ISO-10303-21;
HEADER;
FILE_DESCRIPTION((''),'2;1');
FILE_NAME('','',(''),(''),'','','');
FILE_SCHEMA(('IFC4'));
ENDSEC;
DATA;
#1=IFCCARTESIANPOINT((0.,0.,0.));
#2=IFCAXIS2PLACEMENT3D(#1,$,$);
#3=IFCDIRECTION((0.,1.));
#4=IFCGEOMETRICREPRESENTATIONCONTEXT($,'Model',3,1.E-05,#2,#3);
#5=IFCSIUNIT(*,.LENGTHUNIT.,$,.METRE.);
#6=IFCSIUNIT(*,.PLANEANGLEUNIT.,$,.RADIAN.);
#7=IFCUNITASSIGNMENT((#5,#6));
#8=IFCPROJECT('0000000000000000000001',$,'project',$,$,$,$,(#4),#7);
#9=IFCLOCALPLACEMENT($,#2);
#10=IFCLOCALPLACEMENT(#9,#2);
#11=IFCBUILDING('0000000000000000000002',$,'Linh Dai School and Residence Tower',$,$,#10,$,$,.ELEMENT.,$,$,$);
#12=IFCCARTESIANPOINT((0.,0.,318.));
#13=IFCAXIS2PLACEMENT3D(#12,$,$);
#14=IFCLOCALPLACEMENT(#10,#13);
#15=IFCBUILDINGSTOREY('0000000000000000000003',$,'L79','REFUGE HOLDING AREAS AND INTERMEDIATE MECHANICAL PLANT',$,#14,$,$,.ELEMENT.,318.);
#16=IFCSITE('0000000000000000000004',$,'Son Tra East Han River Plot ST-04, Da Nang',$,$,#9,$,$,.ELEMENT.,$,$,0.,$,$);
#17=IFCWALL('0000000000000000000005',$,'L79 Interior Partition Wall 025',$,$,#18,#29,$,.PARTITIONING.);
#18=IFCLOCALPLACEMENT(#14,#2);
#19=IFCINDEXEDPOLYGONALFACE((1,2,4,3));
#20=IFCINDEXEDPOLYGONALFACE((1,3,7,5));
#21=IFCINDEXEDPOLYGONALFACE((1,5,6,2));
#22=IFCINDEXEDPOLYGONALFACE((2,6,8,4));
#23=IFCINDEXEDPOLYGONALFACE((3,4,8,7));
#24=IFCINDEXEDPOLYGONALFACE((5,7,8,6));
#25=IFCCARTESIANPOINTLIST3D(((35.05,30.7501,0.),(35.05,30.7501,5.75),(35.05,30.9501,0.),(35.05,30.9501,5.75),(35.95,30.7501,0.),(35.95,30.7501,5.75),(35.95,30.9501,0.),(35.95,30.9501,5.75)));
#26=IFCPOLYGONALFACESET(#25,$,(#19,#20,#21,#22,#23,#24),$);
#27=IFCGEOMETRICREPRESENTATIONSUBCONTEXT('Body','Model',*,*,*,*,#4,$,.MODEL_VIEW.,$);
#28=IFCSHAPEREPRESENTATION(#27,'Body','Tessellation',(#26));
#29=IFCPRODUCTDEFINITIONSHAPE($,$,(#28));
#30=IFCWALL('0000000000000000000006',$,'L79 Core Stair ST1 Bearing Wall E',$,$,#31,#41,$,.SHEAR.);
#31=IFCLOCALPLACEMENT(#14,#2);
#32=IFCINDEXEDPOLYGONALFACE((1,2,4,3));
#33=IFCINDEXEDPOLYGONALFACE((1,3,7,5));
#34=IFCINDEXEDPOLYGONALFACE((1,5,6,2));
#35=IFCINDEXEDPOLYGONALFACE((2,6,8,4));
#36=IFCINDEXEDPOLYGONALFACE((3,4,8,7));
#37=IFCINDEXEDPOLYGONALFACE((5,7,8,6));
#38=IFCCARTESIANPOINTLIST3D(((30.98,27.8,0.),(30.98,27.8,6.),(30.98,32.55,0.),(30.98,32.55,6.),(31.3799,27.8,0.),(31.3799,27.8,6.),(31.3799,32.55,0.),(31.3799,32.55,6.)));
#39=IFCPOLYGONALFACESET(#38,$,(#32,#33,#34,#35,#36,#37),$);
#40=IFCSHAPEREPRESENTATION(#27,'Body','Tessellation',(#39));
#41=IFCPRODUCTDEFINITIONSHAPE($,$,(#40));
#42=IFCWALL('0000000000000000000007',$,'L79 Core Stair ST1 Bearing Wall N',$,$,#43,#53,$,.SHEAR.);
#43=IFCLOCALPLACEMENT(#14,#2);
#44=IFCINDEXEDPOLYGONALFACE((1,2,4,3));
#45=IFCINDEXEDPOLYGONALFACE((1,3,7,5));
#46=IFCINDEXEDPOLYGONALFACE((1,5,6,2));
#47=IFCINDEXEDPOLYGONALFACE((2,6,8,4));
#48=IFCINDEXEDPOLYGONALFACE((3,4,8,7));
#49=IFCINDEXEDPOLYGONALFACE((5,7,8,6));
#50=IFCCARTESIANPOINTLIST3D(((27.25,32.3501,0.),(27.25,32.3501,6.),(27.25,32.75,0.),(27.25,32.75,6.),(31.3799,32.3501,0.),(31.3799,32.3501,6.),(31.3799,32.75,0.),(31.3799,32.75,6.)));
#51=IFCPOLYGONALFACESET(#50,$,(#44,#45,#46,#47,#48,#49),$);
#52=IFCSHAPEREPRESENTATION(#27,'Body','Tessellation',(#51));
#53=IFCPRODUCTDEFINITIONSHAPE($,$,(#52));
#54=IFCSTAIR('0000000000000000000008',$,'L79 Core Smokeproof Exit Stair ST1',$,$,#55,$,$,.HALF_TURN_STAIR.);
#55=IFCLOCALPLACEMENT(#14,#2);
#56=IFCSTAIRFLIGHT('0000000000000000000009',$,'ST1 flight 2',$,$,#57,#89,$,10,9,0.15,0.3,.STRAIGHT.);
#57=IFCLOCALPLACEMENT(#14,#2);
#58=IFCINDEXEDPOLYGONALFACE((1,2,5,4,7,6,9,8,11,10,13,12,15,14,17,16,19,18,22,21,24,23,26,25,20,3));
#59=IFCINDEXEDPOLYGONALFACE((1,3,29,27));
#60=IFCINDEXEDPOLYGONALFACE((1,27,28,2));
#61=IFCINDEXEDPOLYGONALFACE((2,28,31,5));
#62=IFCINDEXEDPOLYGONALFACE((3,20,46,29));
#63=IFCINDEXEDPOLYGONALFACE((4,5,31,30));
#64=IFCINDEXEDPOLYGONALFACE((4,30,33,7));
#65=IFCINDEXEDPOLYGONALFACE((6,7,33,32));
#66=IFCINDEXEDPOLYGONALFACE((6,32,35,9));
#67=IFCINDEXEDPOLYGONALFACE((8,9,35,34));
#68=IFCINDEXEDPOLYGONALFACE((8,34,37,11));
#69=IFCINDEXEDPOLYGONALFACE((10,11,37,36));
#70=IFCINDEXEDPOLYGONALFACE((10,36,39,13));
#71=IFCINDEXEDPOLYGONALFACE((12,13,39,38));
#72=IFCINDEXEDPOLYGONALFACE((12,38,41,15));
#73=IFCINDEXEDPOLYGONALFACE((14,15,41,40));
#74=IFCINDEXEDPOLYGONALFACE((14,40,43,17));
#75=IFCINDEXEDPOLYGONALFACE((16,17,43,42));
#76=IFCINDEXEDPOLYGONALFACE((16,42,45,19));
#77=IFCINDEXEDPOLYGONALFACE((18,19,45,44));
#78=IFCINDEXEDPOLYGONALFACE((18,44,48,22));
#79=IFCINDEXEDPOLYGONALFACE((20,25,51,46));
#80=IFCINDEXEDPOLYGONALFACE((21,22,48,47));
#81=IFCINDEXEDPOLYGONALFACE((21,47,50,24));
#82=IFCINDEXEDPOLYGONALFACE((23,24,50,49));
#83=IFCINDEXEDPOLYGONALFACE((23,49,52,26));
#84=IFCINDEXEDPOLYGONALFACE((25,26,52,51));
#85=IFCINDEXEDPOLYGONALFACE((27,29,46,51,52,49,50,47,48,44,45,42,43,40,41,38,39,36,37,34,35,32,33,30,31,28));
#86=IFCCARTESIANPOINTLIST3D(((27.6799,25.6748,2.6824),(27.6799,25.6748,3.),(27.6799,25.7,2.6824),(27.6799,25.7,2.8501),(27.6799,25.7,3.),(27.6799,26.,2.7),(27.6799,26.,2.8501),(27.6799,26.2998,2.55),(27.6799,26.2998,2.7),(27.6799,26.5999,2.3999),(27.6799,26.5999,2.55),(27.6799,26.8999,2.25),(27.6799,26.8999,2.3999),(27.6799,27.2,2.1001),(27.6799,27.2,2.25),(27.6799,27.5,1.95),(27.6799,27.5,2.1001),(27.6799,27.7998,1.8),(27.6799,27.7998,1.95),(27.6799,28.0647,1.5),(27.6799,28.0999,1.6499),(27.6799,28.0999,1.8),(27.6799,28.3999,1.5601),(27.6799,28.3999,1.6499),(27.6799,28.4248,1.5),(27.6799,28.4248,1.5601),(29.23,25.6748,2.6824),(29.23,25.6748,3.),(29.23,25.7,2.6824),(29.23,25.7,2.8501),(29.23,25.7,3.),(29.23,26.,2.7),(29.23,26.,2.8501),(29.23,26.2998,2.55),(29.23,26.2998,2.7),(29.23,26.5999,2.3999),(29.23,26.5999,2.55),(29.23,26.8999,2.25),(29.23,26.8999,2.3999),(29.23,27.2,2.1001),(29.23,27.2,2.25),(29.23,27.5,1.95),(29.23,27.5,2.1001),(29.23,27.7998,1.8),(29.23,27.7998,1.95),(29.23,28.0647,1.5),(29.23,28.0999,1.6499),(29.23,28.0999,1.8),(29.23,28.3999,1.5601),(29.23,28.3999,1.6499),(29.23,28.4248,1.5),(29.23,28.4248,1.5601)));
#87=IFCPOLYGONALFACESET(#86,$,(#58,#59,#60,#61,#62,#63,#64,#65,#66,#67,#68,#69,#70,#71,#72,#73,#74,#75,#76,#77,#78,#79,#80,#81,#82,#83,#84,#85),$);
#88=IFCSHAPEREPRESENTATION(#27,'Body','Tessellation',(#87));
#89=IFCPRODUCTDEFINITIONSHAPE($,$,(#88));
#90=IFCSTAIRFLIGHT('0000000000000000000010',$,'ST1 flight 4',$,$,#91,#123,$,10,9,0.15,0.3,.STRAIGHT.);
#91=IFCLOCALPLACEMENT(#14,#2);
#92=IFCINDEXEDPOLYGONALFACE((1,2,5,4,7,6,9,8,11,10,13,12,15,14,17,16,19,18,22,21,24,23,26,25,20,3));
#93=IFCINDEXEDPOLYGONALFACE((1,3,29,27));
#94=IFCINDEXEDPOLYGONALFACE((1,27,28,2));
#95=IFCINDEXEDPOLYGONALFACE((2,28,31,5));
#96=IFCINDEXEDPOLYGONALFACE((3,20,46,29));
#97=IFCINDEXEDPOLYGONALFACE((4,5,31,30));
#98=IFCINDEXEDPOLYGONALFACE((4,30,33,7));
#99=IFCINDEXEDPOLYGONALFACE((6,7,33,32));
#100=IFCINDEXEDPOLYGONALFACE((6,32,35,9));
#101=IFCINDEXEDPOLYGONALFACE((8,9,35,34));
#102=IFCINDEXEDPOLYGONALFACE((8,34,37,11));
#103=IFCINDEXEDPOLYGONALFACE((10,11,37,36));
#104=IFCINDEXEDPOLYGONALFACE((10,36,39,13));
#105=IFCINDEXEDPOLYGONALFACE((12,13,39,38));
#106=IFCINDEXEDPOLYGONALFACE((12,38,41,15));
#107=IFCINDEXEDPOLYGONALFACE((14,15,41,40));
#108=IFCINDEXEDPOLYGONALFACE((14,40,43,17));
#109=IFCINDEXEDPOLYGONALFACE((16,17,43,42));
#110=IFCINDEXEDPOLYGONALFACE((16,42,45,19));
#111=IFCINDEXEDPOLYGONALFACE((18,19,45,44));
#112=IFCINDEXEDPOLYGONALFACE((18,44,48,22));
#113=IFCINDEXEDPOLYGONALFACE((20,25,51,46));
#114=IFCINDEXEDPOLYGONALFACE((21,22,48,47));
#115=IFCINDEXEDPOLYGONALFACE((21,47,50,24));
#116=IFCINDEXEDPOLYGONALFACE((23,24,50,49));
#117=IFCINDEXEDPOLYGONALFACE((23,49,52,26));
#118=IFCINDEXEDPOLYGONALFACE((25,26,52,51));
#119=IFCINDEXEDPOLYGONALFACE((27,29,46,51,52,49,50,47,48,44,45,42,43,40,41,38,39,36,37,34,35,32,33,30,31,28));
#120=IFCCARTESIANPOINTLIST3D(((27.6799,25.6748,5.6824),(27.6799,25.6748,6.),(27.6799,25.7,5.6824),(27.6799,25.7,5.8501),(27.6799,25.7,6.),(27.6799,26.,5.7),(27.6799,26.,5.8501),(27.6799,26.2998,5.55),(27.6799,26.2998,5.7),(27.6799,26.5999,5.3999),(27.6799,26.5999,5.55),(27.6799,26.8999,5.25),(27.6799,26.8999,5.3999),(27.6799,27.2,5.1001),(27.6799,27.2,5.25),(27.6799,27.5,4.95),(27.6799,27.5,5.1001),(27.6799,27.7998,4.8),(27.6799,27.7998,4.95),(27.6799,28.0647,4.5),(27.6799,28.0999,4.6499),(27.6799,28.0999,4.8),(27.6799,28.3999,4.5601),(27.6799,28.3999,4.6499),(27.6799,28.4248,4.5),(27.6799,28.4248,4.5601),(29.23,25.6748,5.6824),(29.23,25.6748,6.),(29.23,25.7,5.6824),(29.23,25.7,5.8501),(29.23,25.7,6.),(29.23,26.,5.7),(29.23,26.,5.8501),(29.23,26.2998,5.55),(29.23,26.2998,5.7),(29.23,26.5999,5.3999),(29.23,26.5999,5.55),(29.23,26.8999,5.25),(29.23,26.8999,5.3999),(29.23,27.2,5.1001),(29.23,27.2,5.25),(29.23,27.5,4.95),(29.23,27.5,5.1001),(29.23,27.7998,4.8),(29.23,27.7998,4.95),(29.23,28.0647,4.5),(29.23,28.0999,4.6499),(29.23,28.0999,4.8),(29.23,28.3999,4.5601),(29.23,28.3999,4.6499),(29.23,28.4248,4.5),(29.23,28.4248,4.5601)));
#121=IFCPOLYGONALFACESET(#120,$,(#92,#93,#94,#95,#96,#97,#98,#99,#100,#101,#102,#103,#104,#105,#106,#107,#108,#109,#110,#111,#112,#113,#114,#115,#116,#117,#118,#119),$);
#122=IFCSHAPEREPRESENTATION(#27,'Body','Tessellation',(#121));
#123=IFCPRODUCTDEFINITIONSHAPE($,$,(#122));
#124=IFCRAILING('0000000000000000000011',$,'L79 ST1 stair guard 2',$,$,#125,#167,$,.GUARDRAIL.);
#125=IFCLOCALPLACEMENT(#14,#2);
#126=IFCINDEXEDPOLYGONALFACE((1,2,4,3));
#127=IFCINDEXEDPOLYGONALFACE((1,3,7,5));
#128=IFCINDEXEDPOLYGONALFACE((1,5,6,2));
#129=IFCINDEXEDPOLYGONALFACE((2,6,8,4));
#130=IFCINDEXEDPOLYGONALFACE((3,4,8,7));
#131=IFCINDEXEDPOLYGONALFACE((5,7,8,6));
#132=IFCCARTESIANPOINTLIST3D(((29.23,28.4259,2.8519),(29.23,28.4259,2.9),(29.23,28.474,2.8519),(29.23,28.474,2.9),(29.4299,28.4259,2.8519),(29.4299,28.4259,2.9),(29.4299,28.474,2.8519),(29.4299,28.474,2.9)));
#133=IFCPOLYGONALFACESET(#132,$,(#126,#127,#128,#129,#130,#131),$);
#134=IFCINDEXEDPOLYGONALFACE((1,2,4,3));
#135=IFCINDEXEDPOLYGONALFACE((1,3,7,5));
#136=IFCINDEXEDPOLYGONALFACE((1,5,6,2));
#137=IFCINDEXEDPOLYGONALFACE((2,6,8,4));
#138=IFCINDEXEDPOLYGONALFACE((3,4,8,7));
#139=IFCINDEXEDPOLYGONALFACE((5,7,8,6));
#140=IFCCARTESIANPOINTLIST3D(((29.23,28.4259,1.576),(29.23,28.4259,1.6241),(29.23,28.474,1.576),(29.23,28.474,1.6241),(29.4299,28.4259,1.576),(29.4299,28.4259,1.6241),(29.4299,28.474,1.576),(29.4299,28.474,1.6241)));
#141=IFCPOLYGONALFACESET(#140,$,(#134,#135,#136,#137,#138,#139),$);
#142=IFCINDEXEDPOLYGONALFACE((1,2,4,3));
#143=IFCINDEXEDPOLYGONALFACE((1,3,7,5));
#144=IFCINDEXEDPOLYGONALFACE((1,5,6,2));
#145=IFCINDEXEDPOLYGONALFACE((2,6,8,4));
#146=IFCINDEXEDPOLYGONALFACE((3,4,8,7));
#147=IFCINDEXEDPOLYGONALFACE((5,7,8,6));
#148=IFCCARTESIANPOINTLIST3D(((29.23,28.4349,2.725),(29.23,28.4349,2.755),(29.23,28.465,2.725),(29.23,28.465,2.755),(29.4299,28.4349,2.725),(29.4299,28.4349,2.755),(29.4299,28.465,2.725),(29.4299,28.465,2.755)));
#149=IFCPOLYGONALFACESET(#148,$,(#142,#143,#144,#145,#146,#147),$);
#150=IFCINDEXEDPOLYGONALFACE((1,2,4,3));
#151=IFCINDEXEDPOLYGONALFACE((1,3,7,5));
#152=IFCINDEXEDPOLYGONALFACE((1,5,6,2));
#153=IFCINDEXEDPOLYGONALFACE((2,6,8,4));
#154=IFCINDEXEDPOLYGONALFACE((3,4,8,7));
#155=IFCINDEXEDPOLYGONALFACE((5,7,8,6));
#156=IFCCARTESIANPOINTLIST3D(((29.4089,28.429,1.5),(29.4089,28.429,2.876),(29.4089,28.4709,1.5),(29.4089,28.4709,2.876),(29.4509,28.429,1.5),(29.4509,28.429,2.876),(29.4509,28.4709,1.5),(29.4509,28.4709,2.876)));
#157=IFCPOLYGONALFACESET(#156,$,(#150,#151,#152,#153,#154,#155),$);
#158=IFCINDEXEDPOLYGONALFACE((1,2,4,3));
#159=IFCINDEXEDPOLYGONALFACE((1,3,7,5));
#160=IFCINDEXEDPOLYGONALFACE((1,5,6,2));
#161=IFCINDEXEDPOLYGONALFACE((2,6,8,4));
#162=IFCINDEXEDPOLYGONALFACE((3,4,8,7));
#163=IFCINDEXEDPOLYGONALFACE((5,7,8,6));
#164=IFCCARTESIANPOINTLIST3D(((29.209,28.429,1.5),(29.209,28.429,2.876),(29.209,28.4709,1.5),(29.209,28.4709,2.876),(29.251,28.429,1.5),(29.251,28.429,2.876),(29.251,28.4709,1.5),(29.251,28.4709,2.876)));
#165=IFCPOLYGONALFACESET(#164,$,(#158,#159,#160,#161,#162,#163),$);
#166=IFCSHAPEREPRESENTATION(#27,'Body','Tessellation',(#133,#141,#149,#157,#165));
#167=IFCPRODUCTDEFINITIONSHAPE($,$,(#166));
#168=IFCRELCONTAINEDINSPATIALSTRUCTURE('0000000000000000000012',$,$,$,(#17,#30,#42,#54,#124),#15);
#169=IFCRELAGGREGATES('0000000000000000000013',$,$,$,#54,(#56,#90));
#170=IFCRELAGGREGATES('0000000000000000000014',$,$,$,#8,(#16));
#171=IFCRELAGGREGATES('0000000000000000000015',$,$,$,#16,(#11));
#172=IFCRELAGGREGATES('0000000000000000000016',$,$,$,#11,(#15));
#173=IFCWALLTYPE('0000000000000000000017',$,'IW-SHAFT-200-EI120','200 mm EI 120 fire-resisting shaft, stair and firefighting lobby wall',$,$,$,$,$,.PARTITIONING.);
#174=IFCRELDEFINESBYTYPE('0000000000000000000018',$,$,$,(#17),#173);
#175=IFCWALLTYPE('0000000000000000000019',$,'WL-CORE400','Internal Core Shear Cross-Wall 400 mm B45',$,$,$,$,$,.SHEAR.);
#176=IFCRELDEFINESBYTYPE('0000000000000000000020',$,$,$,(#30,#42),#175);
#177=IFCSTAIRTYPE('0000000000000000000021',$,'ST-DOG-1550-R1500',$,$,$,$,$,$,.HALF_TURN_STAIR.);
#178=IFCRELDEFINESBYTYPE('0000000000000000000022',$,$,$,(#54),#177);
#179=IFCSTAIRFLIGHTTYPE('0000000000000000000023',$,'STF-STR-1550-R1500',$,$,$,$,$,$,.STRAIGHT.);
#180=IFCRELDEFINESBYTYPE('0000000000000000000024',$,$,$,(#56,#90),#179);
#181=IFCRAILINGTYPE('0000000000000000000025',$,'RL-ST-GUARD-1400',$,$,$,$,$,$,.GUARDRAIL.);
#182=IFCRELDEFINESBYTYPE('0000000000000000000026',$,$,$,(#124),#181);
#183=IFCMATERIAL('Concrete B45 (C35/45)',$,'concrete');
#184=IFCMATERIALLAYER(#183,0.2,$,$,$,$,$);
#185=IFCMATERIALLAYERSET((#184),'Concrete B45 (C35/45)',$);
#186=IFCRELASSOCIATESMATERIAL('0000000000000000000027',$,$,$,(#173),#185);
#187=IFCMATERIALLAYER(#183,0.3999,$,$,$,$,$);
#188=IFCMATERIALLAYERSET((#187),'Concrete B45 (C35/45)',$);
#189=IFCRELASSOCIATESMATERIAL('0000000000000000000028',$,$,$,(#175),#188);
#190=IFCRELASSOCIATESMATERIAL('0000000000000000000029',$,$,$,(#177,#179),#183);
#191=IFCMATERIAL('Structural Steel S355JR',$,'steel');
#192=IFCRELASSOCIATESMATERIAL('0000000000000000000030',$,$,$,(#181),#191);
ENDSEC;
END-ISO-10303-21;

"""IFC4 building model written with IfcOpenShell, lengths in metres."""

from ifc_helpers import new_model, si_unit, direction, frame, frame_2d, origin, origin_2d, place, context, subcontext, project, spatial, polyline, rectangle, outline, extrude, source, transform, mapped, material, layer, layer_set, type_object, element, aggregate, save


model = new_model("IFC4")

# Units and contexts
model_context = context("Model", 3, precision=1e-05, world=origin(), true_north=direction((0.0, 1.0)))
body_context = subcontext(model_context, "Body", "Model", "MODEL_VIEW")
ifc_project = project(units=[si_unit("LENGTHUNIT", "METRE"), si_unit("PLANEANGLEUNIT", "RADIAN")], contexts=[model_context])

# Site, building, storey
site_placement = place(None, origin())
site = spatial("IfcSite", under=ifc_project, at=site_placement, Name="Son Tra East Han River Plot ST-04, Da Nang", CompositionType="ELEMENT", RefElevation=0.0)
building_placement = place(site_placement, origin())
building = spatial("IfcBuilding", under=site, at=building_placement, Name="Linh Dai School and Residence Tower", CompositionType="ELEMENT")
storey_placement = place(building_placement, frame((0.0, 0.0, 318.0)))
storey = spatial("IfcBuildingStorey", under=building, at=storey_placement, Name="L79", Description="REFUGE HOLDING AREAS AND INTERMEDIATE MECHANICAL PLANT", CompositionType="ELEMENT", Elevation=318.0)

# Shared definitions
ifc_material_1 = material(Name="Structural Steel S355JR", Category="steel")

# Shared definitions
ifc_material_2 = material(Name="Concrete B45 (C35/45)", Category="concrete")
ifc_layer_1 = layer(ifc_material_2, 0.2)
ifc_layer_set_1 = layer_set([ifc_layer_1], Name="Concrete B45 (C35/45)")
wall_type_1 = type_object("IfcWallType", Name="IW-SHAFT-200-EI120", Description="200 mm EI 120 fire-resisting shaft, stair and firefighting lobby wall", PredefinedType="PARTITIONING", material=ifc_layer_set_1)

# Walls
for number, where, z_axis, x_axis, name in (
    (1, (35.05, 30.8501, 0.0), (0.0, 0.0, 1.0), (1.0, 0.0, 0.0), "L79 Interior Partition Wall 025"),
):
    element("IfcWall", number, at=place(storey_placement, frame(where, z_axis=z_axis, x_axis=x_axis)), inside=storey, type_object=wall_type_1, Name=name, PredefinedType="PARTITIONING", context=body_context, shape_type="SweptSolid", body=[
        extrude(rectangle(XDim=0.8999, YDim=0.2, at=frame_2d((0.45, 0.0))), origin(), (0.0, 0.0, 1.0), 5.75),
    ])
ifc_layer_2 = layer(ifc_material_2, 0.3999)
ifc_layer_set_2 = layer_set([ifc_layer_2], Name="Concrete B45 (C35/45)")
wall_type_2 = type_object("IfcWallType", Name="WL-CORE400", Description="Internal Core Shear Cross-Wall 400 mm B45", PredefinedType="SHEAR", material=ifc_layer_set_2)
wall_1_placement = place(storey_placement, frame((31.1799, 27.8, 0.0), z_axis=(0.0, 0.0, 1.0), x_axis=(0.0, 1.0, 0.0)))
element("IfcWall", 2, at=wall_1_placement, inside=storey, type_object=wall_type_2, Name="L79 Core Stair ST1 Bearing Wall E", PredefinedType="SHEAR", context=body_context, shape_type="SweptSolid", body=[
    extrude(rectangle(XDim=4.75, YDim=0.3999, at=frame_2d((2.375, 0.0))), origin(), (0.0, 0.0, 1.0), 6.0),
])
wall_2_placement = place(storey_placement, frame((27.25, 32.55, 0.0), z_axis=(0.0, 0.0, 1.0), x_axis=(1.0, 0.0, 0.0)))
element("IfcWall", 3, at=wall_2_placement, inside=storey, type_object=wall_type_2, Name="L79 Core Stair ST1 Bearing Wall N", PredefinedType="SHEAR", context=body_context, shape_type="SweptSolid", body=[
    extrude(rectangle(XDim=4.1299, YDim=0.3999, at=frame_2d((2.0649, 0.0))), origin(), (0.0, 0.0, 1.0), 6.0),
])

# Stair, stair flights
stair_type = type_object("IfcStairType", Name="ST-DOG-1550-R1500", PredefinedType="HALF_TURN_STAIR", material=ifc_material_2)
stair_placement = place(storey_placement, origin())
stair = element("IfcStair", 4, at=stair_placement, inside=storey, type_object=stair_type, Name="L79 Core Smokeproof Exit Stair ST1", PredefinedType="HALF_TURN_STAIR")
stair_flight_type = type_object("IfcStairFlightType", Name="STF-STR-1550-R1500", PredefinedType="STRAIGHT", material=ifc_material_2)
shared_shape_1 = source(origin(), body_context, "Body", "SweptSolid", [
    extrude(outline(polyline([(-0.0249, 0.0), (-0.0249, 0.0601), (0.0, 0.0601), (0.0, 0.1499), (0.3, 0.1499), (0.3, 0.3), (0.6001, 0.3), (0.6001, 0.45), (0.8999, 0.45), (0.8999, 0.6001), (1.2, 0.6001), (1.2, 0.75), (1.5, 0.75), (1.5, 0.8999), (1.8, 0.8999), (1.8, 1.05), (2.1001, 1.05), (2.1001, 1.2), (2.3999, 1.2), (2.3999, 1.3501), (2.7, 1.3501), (2.7, 1.5), (2.7251, 1.5), (2.7251, 1.1824), (2.7, 1.1824), (0.3352, 0.0), (-0.0249, 0.0)])), frame((0.0, 0.7749, 0.0), z_axis=(0.0, -1.0, 0.0), x_axis=(1.0, 0.0, 0.0)), (0.0, 0.0, 1.0), 1.55),
])
stair_flight_1_placement = place(storey_placement, frame((28.4551, 28.3999, 1.5), z_axis=(0.0, 0.0, 1.0), x_axis=(0.0, -1.0, 0.0)))
stair_flight_1 = element("IfcStairFlight", 5, at=stair_flight_1_placement, type_object=stair_flight_type, Name="ST1 flight 2", NumberOfRisers=10, NumberOfTreads=9, PredefinedType="STRAIGHT", RiserHeight=0.15, TreadLength=0.3, context=body_context, shape_type="MappedRepresentation", body=[
    mapped(shared_shape_1, transform((0.0, 0.0, 0.0), x_axis=(1.0, 0.0, 0.0), y_axis=(0.0, 1.0, 0.0), z_axis=(0.0, 0.0, 1.0), scale=1.0)),
])
stair_flight_2_placement = place(storey_placement, frame((28.4551, 28.3999, 4.5), z_axis=(0.0, 0.0, 1.0), x_axis=(0.0, -1.0, 0.0)))
stair_flight_2 = element("IfcStairFlight", 6, at=stair_flight_2_placement, type_object=stair_flight_type, Name="ST1 flight 4", NumberOfRisers=10, NumberOfTreads=9, PredefinedType="STRAIGHT", RiserHeight=0.15, TreadLength=0.3, context=body_context, shape_type="MappedRepresentation", body=[
    mapped(shared_shape_1, transform((0.0, 0.0, 0.0), x_axis=(1.0, 0.0, 0.0), y_axis=(0.0, 1.0, 0.0), z_axis=(0.0, 0.0, 1.0), scale=1.0)),
])
aggregate(stair, [stair_flight_1, stair_flight_2])

# Railing
railing_type_1 = type_object("IfcRailingType", Name="RL-ST-GUARD-1400", PredefinedType="GUARDRAIL", material=ifc_material_1)
shared_shape_2 = source(origin(), body_context, "Body", "SweptSolid", [
    extrude(rectangle(XDim=0.0481, YDim=0.0481, at=origin_2d()), frame((0.0, 0.0, 1.376), z_axis=(-1.0, 0.0, 0.0), x_axis=(0.0, -1.0, 0.0)), (0.0, 0.0, 1.0), 0.2),
    extrude(rectangle(XDim=0.0481, YDim=0.0481, at=origin_2d()), frame((0.0, 0.0, 0.1001), z_axis=(-1.0, 0.0, 0.0), x_axis=(0.0, -1.0, 0.0)), (0.0, 0.0, 1.0), 0.2),
    extrude(rectangle(XDim=0.03, YDim=0.03, at=origin_2d()), frame((0.0, 0.0, 1.24), z_axis=(-1.0, 0.0, 0.0), x_axis=(0.0, -1.0, 0.0)), (0.0, 0.0, 1.0), 0.2),
    extrude(rectangle(XDim=0.042, YDim=0.042, at=origin_2d()), origin(), (0.0, 0.0, 1.0), 1.376),
    extrude(rectangle(XDim=0.042, YDim=0.042, at=origin_2d()), frame((-0.2, 0.0, 0.0)), (0.0, 0.0, 1.0), 1.376),
])
for number, where, name in (
    (7, (29.4299, 28.45, 1.5), "L79 ST1 stair guard 2"),
):
    element("IfcRailing", number, at=place(storey_placement, frame(where)), inside=storey, type_object=railing_type_1, Name=name, PredefinedType="GUARDRAIL", context=body_context, shape_type="MappedRepresentation", body=[
        mapped(shared_shape_2, transform((0.0, 0.0, 0.0), x_axis=(1.0, 0.0, 0.0), y_axis=(0.0, 1.0, 0.0), z_axis=(0.0, 0.0, 1.0), scale=1.0)),
    ])

save(model, "model.ifc")
